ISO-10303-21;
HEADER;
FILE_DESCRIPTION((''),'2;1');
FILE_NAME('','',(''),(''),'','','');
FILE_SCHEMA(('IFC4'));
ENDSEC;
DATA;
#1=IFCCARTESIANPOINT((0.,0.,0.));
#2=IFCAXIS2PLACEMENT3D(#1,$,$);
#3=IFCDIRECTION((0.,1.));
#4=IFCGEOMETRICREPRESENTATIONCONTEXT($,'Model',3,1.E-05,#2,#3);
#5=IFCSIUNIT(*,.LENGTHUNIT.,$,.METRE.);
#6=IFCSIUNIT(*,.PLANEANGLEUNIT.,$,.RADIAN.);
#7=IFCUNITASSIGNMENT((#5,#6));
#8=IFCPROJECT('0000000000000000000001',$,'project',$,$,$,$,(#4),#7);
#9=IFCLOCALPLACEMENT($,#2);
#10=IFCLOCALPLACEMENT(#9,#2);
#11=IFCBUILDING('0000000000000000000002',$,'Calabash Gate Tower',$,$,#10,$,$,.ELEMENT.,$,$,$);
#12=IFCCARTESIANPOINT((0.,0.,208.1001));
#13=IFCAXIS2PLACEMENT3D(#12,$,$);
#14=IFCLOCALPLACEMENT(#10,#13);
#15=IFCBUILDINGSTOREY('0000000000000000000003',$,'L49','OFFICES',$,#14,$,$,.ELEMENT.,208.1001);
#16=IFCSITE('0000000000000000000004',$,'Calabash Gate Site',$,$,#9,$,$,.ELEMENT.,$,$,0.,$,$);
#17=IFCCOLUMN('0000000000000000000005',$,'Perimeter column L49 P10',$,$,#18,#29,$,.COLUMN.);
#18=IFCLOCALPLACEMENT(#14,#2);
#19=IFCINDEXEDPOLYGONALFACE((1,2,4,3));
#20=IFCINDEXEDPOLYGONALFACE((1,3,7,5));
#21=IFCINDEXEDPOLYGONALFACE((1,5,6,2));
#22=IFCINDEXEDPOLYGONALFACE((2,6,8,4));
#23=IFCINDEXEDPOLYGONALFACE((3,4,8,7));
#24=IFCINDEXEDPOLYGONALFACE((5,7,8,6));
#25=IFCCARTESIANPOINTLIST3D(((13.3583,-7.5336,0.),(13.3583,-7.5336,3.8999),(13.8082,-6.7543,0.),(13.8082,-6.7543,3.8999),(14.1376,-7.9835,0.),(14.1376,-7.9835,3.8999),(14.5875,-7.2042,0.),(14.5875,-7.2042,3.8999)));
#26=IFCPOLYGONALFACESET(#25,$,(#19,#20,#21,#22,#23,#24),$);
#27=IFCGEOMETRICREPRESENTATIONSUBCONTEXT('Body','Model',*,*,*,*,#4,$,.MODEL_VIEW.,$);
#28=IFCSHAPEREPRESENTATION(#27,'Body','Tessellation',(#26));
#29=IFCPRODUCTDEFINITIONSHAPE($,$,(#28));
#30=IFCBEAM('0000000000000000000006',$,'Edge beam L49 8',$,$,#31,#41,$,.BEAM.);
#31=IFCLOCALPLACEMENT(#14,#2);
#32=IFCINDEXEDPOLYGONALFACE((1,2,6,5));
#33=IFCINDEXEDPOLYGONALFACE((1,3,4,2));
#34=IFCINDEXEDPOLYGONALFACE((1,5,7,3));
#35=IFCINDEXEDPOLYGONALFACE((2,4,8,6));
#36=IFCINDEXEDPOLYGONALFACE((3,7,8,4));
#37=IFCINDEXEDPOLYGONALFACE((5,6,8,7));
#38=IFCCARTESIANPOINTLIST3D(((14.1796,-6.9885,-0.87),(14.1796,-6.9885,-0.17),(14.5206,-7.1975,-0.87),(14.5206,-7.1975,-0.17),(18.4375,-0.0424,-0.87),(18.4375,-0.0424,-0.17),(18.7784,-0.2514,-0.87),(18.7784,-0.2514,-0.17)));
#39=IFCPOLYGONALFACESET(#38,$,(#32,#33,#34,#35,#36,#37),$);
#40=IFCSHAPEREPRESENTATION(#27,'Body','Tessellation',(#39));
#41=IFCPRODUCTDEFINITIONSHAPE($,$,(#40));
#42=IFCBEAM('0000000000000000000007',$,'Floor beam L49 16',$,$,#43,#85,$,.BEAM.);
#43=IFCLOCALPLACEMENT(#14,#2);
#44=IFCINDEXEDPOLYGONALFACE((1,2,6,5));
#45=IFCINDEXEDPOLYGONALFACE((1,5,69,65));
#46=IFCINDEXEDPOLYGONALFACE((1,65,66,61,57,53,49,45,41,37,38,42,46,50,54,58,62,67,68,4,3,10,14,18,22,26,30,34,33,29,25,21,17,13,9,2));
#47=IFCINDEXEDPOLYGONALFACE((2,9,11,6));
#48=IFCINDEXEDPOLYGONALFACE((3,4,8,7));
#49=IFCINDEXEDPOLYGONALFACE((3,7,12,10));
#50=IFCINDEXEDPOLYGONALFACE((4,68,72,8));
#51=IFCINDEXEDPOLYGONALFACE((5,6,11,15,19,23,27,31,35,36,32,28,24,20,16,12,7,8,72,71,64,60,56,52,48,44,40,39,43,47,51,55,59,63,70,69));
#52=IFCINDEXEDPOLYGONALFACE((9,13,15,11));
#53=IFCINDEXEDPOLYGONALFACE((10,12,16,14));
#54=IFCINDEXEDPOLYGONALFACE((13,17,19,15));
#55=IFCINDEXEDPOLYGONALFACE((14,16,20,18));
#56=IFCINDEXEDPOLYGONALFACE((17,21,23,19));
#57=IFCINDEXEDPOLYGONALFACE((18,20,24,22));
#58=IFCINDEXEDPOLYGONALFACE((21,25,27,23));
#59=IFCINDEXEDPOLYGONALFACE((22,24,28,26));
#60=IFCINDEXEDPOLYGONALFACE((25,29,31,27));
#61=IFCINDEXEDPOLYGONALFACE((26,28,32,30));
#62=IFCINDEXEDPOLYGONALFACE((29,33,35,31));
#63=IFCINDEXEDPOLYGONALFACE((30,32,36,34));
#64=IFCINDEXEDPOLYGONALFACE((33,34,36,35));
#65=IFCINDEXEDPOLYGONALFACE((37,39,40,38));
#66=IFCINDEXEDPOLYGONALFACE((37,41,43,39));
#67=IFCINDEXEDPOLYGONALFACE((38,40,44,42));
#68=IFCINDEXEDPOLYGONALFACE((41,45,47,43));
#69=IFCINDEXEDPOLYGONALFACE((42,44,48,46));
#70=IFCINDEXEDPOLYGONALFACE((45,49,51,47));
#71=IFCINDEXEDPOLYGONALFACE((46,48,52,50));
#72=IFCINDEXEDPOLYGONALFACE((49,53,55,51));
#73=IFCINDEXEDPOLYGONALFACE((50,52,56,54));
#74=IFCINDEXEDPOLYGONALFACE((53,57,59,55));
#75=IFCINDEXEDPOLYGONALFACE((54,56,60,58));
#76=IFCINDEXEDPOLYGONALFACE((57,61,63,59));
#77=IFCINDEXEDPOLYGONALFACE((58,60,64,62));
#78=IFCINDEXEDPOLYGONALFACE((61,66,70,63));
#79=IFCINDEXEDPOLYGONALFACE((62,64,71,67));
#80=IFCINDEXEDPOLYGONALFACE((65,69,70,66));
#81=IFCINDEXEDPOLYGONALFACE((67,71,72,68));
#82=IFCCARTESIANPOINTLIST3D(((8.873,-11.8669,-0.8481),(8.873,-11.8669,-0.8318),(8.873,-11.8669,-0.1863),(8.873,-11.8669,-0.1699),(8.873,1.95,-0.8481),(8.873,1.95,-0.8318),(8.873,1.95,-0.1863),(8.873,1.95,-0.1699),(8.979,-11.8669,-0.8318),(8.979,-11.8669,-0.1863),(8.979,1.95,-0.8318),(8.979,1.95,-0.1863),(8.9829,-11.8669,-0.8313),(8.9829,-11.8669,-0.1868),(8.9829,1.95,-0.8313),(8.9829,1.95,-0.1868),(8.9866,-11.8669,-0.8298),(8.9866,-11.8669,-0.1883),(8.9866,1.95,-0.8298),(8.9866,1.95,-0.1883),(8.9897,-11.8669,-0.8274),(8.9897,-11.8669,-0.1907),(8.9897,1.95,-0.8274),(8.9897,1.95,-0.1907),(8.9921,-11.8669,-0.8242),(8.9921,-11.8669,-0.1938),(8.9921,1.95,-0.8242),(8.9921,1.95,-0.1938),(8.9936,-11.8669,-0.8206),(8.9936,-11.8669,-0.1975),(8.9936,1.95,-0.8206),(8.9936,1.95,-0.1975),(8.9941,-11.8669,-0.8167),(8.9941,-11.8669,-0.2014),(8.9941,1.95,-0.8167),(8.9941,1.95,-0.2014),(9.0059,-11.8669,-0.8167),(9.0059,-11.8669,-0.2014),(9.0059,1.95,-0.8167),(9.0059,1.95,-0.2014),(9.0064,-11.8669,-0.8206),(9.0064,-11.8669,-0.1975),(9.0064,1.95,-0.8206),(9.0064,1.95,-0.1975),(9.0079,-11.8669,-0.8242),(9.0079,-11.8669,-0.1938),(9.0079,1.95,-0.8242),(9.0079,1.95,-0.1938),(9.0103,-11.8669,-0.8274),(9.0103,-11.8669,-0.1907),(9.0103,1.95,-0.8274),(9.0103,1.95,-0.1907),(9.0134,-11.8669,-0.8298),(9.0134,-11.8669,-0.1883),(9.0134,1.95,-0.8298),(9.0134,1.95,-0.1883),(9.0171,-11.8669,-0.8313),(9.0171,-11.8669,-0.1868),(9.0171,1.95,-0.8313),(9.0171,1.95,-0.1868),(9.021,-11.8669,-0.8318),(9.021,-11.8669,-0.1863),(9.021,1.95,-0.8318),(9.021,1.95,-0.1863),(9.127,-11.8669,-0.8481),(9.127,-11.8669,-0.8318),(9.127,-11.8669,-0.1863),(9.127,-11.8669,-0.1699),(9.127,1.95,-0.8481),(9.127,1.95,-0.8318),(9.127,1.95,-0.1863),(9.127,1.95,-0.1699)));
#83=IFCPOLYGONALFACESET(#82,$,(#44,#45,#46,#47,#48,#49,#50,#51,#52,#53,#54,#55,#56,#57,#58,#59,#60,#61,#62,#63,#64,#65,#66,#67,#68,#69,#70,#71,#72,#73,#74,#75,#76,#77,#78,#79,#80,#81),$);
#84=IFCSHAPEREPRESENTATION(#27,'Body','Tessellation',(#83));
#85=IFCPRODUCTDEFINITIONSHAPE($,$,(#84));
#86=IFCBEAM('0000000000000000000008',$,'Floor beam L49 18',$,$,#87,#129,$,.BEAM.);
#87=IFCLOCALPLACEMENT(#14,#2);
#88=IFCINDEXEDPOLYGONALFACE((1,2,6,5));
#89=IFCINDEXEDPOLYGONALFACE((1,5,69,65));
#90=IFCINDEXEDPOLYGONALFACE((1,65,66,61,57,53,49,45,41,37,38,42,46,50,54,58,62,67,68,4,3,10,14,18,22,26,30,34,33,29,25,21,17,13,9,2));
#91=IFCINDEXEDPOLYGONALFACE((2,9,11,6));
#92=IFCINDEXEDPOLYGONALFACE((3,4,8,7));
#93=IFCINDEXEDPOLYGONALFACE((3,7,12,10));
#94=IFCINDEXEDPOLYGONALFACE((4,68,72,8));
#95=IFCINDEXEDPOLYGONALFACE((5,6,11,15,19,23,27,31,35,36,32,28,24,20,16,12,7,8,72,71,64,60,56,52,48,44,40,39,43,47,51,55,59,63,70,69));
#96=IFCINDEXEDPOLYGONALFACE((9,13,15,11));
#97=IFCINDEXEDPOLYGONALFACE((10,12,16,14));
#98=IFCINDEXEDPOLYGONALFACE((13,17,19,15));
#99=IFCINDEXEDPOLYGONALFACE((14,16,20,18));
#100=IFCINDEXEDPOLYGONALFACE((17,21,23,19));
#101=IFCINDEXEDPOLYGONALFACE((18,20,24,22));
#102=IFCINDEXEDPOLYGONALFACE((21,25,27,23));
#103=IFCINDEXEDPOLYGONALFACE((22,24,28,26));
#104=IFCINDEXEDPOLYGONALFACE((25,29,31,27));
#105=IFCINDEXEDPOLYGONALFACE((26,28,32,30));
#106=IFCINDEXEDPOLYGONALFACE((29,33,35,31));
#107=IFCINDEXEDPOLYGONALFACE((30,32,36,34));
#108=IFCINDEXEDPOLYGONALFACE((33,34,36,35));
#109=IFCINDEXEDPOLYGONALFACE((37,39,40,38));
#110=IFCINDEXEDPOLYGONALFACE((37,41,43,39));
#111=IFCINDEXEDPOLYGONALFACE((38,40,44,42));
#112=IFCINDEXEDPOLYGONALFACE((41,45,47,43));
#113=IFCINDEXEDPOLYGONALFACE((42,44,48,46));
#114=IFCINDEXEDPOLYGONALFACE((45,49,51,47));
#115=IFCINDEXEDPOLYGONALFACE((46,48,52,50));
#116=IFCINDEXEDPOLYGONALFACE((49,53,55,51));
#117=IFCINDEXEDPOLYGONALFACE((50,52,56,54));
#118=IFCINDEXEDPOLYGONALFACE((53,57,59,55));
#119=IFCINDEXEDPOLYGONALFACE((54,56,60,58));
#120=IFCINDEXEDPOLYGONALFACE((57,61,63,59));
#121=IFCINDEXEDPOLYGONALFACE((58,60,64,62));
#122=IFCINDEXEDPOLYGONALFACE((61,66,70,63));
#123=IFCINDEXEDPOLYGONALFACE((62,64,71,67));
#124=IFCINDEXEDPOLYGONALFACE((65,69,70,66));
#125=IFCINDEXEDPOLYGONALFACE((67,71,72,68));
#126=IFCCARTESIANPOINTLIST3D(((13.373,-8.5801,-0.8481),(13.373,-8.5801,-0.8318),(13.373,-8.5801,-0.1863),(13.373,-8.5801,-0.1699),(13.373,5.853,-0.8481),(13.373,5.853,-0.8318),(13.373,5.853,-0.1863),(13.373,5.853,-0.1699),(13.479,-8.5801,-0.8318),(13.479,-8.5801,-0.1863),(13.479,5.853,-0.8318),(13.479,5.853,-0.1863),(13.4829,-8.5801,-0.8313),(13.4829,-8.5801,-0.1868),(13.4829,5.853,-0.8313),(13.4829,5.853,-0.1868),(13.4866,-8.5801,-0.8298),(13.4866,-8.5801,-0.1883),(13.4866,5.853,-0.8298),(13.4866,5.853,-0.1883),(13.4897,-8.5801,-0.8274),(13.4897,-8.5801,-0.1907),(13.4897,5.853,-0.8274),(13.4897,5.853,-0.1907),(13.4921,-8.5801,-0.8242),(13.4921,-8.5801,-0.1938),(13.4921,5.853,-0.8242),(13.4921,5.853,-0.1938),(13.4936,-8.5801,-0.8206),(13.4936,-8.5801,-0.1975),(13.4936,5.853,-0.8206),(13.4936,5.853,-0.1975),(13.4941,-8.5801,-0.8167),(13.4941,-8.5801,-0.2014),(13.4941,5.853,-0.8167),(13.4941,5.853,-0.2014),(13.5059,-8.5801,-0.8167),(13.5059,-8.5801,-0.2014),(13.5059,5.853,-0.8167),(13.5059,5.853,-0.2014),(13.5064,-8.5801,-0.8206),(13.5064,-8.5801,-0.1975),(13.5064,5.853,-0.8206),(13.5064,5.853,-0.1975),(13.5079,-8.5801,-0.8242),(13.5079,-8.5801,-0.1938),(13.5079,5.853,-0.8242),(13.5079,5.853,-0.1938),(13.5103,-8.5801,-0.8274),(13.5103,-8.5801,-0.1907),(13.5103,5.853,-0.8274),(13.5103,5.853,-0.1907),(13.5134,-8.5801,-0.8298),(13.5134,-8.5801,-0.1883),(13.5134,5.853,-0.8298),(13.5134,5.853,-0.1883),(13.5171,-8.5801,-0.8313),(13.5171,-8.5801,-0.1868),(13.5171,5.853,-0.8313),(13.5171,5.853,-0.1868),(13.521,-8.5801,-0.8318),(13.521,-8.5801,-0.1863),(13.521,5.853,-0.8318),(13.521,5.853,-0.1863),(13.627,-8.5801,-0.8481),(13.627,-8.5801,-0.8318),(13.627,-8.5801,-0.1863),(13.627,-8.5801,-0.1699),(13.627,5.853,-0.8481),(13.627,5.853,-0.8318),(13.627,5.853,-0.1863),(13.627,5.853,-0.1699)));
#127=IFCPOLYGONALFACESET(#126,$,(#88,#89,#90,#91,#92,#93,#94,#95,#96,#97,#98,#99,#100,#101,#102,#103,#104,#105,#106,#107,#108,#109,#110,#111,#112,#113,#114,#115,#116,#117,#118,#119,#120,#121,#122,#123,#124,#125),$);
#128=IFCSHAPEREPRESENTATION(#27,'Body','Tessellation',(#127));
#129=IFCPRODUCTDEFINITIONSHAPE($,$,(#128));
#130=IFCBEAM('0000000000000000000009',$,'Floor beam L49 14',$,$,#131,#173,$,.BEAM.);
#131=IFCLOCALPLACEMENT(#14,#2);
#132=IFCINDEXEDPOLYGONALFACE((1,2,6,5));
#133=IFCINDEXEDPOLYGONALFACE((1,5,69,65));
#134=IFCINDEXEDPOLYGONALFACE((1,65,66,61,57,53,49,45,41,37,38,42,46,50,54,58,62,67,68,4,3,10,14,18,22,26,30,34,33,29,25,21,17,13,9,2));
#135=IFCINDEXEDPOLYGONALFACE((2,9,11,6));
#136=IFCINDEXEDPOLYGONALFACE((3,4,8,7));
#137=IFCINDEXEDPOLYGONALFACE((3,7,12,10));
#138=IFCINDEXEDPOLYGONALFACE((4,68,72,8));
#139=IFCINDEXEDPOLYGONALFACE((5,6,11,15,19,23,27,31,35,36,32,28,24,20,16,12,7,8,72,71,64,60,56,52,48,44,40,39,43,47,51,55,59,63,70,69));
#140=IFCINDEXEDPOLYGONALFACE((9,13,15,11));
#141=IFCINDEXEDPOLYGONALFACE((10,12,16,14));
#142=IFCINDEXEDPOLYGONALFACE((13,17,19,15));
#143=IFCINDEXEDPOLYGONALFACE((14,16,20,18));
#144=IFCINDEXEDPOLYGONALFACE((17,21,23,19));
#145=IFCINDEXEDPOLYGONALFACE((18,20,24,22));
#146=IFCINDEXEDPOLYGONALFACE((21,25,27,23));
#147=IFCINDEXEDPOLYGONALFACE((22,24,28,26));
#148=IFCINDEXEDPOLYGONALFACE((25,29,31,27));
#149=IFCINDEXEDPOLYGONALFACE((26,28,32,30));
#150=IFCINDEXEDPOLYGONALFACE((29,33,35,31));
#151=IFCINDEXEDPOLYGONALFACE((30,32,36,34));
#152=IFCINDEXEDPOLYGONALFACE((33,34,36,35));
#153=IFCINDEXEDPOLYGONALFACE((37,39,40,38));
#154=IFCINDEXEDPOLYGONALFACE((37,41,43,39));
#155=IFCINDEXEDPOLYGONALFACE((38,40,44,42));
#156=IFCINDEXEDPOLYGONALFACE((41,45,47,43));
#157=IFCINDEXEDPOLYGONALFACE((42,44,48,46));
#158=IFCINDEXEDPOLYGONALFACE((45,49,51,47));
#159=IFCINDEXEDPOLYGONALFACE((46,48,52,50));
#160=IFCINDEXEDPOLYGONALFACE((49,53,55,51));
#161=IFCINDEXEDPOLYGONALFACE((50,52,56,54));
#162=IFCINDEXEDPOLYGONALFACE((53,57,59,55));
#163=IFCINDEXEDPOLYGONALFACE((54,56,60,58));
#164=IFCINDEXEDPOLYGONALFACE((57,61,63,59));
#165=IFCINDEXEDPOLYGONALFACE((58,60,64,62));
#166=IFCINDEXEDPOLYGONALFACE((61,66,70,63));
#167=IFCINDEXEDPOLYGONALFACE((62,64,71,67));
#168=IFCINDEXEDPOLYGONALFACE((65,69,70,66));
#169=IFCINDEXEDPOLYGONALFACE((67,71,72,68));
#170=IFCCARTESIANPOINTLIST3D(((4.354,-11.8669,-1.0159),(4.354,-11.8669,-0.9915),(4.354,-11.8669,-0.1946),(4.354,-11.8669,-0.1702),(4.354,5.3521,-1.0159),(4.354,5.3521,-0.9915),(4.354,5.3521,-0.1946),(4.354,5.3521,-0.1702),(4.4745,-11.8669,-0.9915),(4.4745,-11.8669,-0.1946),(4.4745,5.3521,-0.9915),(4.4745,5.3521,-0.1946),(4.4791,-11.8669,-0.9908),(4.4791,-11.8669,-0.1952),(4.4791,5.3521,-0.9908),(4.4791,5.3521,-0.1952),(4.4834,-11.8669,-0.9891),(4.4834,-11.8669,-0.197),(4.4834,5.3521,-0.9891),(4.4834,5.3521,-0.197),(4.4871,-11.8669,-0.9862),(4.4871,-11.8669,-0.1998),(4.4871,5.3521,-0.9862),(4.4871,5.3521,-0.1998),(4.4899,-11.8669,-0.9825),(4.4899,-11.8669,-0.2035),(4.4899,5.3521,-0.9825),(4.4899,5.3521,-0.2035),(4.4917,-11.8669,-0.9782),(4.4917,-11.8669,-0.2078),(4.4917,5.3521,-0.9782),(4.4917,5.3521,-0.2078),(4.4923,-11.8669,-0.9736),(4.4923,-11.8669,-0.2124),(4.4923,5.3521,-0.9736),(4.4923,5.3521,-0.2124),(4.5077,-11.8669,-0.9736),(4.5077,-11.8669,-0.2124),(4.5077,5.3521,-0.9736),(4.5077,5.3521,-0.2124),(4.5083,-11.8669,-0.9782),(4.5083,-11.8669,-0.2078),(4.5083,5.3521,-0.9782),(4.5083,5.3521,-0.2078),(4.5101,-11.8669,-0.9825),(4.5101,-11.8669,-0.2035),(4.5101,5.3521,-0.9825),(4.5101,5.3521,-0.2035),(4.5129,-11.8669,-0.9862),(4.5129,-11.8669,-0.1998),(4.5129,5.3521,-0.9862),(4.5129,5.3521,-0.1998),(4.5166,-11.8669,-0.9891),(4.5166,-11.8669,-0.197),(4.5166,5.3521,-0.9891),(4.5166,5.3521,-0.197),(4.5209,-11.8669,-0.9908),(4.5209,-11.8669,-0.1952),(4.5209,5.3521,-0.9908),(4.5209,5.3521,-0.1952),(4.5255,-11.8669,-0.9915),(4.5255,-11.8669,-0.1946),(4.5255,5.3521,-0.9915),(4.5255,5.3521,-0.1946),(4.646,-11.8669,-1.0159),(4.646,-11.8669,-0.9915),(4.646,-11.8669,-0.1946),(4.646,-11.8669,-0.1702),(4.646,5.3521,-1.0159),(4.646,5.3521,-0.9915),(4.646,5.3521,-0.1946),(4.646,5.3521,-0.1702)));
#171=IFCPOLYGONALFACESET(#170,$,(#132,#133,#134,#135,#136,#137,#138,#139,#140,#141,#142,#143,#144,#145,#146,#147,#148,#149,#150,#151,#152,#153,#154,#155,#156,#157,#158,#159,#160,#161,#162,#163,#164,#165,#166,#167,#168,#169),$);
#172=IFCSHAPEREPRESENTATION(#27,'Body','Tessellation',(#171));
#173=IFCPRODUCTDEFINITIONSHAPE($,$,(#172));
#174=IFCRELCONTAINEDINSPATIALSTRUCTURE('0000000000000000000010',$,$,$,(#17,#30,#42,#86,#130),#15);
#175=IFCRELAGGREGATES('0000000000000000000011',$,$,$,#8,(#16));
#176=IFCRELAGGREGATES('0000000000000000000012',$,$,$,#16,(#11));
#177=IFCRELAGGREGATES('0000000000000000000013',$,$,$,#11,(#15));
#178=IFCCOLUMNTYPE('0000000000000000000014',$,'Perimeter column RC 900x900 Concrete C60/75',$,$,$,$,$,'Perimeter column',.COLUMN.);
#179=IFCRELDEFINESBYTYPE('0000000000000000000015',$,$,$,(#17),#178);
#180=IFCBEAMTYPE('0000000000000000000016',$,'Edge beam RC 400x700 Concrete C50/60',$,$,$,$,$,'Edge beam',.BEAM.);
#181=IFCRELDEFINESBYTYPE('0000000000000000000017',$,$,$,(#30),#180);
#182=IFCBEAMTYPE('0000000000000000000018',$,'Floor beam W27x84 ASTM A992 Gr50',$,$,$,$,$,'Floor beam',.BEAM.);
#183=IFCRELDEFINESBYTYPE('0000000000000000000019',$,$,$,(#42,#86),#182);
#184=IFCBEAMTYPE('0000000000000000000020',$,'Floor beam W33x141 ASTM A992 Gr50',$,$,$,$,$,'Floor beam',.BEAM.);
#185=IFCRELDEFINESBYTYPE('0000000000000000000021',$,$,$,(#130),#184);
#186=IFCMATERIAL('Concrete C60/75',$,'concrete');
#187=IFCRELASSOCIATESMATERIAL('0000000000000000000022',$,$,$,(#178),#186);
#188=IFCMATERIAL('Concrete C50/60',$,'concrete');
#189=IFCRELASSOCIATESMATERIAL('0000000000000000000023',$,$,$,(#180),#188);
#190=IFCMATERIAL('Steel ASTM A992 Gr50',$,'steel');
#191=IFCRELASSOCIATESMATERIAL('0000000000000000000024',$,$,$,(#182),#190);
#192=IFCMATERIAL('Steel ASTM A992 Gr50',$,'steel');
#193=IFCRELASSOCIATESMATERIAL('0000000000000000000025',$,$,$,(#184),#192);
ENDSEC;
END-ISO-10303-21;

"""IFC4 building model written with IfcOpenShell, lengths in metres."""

from ifc_helpers import new_model, si_unit, direction, frame, origin, origin_2d, place, context, subcontext, project, spatial, rectangle, i_section, extrude, material, material_profile, profile_set, type_object, element, save


model = new_model("IFC4")

# Units and contexts
model_context = context("Model", 3, precision=1e-05, world=origin(), true_north=direction((0.0, 1.0)))
body_context = subcontext(model_context, "Body", "Model", "MODEL_VIEW")
ifc_project = project(units=[si_unit("LENGTHUNIT", "METRE"), si_unit("PLANEANGLEUNIT", "RADIAN")], contexts=[model_context])

# Site, building, storey
site_placement = place(None, origin())
site = spatial("IfcSite", under=ifc_project, at=site_placement, Name="Calabash Gate Site", CompositionType="ELEMENT", RefElevation=0.0)
building_placement = place(site_placement, origin())
building = spatial("IfcBuilding", under=site, at=building_placement, Name="Calabash Gate Tower", CompositionType="ELEMENT")
storey_placement = place(building_placement, frame((0.0, 0.0, 208.1001)))
storey = spatial("IfcBuildingStorey", under=building, at=storey_placement, Name="L49", Description="OFFICES", CompositionType="ELEMENT", Elevation=208.1001)

# Column
ifc_material_1 = material(Name="Concrete C60/75", Category="concrete")
ifc_material_profile_1 = material_profile(ifc_material_1, rectangle(XDim=0.8999, YDim=0.8999, at=origin_2d()))
ifc_profile_set_1 = profile_set([ifc_material_profile_1], Name="Concrete C60/75")
column_type = type_object("IfcColumnType", Name="Perimeter column RC 900x900 Concrete C60/75", ElementType="Perimeter column", PredefinedType="COLUMN", material=ifc_profile_set_1)
column_placement = place(storey_placement, frame((13.9729, -7.3689, 0.0), z_axis=(0.0, 0.0, 1.0), x_axis=(0.5, 0.866025, 0.0)))
element("IfcColumn", 1, at=column_placement, inside=storey, type_object=column_type, Name="Perimeter column L49 P10", PredefinedType="COLUMN", context=body_context, shape_type="SweptSolid", body=[
    extrude(rectangle(XDim=0.8999, YDim=0.8999, at=origin_2d()), origin(), (0.0, 0.0, 1.0), 3.8999),
])

# Beams
ifc_material_2 = material(Name="Concrete C50/60", Category="concrete")
ifc_material_profile_2 = material_profile(ifc_material_2, rectangle(XDim=0.3999, YDim=0.7, at=origin_2d()))
ifc_profile_set_2 = profile_set([ifc_material_profile_2], Name="Concrete C50/60")
beam_type_1 = type_object("IfcBeamType", Name="Edge beam RC 400x700 Concrete C50/60", ElementType="Edge beam", PredefinedType="BEAM", material=ifc_profile_set_2)
beam_1_placement = place(storey_placement, frame((14.3501, -7.093, -0.52), z_axis=(0.522612, 0.852571, 0.0), x_axis=(-0.852571, 0.522612, 0.0)))
element("IfcBeam", 2, at=beam_1_placement, inside=storey, type_object=beam_type_1, Name="Edge beam L49 8", PredefinedType="BEAM", context=body_context, shape_type="SweptSolid", body=[
    extrude(rectangle(XDim=0.3999, YDim=0.7, at=origin_2d()), origin(), (0.0, 0.0, 1.0), 8.1472),
])
ifc_material_3 = material(Name="Steel ASTM A992 Gr50", Category="steel")
ifc_material_profile_3 = material_profile(ifc_material_3, i_section(OverallWidth=0.2539, OverallDepth=0.6782, WebThickness=0.0117, FlangeThickness=0.0164, FilletRadius=0.0151, at=origin_2d()))
ifc_profile_set_3 = profile_set([ifc_material_profile_3], Name="Steel ASTM A992 Gr50")
beam_type_2 = type_object("IfcBeamType", Name="Floor beam W27x84 ASTM A992 Gr50", ElementType="Floor beam", PredefinedType="BEAM", material=ifc_profile_set_3)
beam_2_placement = place(storey_placement, frame((9.0, -11.8669, -0.509), z_axis=(0.0, 1.0, 0.0), x_axis=(-1.0, 0.0, 0.0)))
element("IfcBeam", 3, at=beam_2_placement, inside=storey, type_object=beam_type_2, Name="Floor beam L49 16", PredefinedType="BEAM", context=body_context, shape_type="SweptSolid", body=[
    extrude(i_section(OverallWidth=0.2539, OverallDepth=0.6782, WebThickness=0.0117, FlangeThickness=0.0164, FilletRadius=0.0151, at=origin_2d()), origin(), (0.0, 0.0, 1.0), 13.8169),
])
beam_3_placement = place(storey_placement, frame((13.5, -8.5801, -0.509), z_axis=(0.0, 1.0, 0.0), x_axis=(-1.0, 0.0, 0.0)))
element("IfcBeam", 4, at=beam_3_placement, inside=storey, type_object=beam_type_2, Name="Floor beam L49 18", PredefinedType="BEAM", context=body_context, shape_type="SweptSolid", body=[
    extrude(i_section(OverallWidth=0.2539, OverallDepth=0.6782, WebThickness=0.0117, FlangeThickness=0.0164, FilletRadius=0.0151, at=origin_2d()), origin(), (0.0, 0.0, 1.0), 14.4331),
])
ifc_material_4 = material(Name="Steel ASTM A992 Gr50", Category="steel")
ifc_material_profile_4 = material_profile(ifc_material_4, i_section(OverallWidth=0.292, OverallDepth=0.8457, WebThickness=0.0154, FlangeThickness=0.0244, FilletRadius=0.0178, at=origin_2d()))
ifc_profile_set_4 = profile_set([ifc_material_profile_4], Name="Steel ASTM A992 Gr50")
beam_type_3 = type_object("IfcBeamType", Name="Floor beam W33x141 ASTM A992 Gr50", ElementType="Floor beam", PredefinedType="BEAM", material=ifc_profile_set_4)
beam_4_placement = place(storey_placement, frame((4.5, -11.8669, -0.593), z_axis=(0.0, 1.0, 0.0), x_axis=(-1.0, 0.0, 0.0)))
element("IfcBeam", 5, at=beam_4_placement, inside=storey, type_object=beam_type_3, Name="Floor beam L49 14", PredefinedType="BEAM", context=body_context, shape_type="SweptSolid", body=[
    extrude(i_section(OverallWidth=0.292, OverallDepth=0.8457, WebThickness=0.0154, FlangeThickness=0.0244, FilletRadius=0.0178, at=origin_2d()), origin(), (0.0, 0.0, 1.0), 17.219),
])

save(model, "model.ifc")
